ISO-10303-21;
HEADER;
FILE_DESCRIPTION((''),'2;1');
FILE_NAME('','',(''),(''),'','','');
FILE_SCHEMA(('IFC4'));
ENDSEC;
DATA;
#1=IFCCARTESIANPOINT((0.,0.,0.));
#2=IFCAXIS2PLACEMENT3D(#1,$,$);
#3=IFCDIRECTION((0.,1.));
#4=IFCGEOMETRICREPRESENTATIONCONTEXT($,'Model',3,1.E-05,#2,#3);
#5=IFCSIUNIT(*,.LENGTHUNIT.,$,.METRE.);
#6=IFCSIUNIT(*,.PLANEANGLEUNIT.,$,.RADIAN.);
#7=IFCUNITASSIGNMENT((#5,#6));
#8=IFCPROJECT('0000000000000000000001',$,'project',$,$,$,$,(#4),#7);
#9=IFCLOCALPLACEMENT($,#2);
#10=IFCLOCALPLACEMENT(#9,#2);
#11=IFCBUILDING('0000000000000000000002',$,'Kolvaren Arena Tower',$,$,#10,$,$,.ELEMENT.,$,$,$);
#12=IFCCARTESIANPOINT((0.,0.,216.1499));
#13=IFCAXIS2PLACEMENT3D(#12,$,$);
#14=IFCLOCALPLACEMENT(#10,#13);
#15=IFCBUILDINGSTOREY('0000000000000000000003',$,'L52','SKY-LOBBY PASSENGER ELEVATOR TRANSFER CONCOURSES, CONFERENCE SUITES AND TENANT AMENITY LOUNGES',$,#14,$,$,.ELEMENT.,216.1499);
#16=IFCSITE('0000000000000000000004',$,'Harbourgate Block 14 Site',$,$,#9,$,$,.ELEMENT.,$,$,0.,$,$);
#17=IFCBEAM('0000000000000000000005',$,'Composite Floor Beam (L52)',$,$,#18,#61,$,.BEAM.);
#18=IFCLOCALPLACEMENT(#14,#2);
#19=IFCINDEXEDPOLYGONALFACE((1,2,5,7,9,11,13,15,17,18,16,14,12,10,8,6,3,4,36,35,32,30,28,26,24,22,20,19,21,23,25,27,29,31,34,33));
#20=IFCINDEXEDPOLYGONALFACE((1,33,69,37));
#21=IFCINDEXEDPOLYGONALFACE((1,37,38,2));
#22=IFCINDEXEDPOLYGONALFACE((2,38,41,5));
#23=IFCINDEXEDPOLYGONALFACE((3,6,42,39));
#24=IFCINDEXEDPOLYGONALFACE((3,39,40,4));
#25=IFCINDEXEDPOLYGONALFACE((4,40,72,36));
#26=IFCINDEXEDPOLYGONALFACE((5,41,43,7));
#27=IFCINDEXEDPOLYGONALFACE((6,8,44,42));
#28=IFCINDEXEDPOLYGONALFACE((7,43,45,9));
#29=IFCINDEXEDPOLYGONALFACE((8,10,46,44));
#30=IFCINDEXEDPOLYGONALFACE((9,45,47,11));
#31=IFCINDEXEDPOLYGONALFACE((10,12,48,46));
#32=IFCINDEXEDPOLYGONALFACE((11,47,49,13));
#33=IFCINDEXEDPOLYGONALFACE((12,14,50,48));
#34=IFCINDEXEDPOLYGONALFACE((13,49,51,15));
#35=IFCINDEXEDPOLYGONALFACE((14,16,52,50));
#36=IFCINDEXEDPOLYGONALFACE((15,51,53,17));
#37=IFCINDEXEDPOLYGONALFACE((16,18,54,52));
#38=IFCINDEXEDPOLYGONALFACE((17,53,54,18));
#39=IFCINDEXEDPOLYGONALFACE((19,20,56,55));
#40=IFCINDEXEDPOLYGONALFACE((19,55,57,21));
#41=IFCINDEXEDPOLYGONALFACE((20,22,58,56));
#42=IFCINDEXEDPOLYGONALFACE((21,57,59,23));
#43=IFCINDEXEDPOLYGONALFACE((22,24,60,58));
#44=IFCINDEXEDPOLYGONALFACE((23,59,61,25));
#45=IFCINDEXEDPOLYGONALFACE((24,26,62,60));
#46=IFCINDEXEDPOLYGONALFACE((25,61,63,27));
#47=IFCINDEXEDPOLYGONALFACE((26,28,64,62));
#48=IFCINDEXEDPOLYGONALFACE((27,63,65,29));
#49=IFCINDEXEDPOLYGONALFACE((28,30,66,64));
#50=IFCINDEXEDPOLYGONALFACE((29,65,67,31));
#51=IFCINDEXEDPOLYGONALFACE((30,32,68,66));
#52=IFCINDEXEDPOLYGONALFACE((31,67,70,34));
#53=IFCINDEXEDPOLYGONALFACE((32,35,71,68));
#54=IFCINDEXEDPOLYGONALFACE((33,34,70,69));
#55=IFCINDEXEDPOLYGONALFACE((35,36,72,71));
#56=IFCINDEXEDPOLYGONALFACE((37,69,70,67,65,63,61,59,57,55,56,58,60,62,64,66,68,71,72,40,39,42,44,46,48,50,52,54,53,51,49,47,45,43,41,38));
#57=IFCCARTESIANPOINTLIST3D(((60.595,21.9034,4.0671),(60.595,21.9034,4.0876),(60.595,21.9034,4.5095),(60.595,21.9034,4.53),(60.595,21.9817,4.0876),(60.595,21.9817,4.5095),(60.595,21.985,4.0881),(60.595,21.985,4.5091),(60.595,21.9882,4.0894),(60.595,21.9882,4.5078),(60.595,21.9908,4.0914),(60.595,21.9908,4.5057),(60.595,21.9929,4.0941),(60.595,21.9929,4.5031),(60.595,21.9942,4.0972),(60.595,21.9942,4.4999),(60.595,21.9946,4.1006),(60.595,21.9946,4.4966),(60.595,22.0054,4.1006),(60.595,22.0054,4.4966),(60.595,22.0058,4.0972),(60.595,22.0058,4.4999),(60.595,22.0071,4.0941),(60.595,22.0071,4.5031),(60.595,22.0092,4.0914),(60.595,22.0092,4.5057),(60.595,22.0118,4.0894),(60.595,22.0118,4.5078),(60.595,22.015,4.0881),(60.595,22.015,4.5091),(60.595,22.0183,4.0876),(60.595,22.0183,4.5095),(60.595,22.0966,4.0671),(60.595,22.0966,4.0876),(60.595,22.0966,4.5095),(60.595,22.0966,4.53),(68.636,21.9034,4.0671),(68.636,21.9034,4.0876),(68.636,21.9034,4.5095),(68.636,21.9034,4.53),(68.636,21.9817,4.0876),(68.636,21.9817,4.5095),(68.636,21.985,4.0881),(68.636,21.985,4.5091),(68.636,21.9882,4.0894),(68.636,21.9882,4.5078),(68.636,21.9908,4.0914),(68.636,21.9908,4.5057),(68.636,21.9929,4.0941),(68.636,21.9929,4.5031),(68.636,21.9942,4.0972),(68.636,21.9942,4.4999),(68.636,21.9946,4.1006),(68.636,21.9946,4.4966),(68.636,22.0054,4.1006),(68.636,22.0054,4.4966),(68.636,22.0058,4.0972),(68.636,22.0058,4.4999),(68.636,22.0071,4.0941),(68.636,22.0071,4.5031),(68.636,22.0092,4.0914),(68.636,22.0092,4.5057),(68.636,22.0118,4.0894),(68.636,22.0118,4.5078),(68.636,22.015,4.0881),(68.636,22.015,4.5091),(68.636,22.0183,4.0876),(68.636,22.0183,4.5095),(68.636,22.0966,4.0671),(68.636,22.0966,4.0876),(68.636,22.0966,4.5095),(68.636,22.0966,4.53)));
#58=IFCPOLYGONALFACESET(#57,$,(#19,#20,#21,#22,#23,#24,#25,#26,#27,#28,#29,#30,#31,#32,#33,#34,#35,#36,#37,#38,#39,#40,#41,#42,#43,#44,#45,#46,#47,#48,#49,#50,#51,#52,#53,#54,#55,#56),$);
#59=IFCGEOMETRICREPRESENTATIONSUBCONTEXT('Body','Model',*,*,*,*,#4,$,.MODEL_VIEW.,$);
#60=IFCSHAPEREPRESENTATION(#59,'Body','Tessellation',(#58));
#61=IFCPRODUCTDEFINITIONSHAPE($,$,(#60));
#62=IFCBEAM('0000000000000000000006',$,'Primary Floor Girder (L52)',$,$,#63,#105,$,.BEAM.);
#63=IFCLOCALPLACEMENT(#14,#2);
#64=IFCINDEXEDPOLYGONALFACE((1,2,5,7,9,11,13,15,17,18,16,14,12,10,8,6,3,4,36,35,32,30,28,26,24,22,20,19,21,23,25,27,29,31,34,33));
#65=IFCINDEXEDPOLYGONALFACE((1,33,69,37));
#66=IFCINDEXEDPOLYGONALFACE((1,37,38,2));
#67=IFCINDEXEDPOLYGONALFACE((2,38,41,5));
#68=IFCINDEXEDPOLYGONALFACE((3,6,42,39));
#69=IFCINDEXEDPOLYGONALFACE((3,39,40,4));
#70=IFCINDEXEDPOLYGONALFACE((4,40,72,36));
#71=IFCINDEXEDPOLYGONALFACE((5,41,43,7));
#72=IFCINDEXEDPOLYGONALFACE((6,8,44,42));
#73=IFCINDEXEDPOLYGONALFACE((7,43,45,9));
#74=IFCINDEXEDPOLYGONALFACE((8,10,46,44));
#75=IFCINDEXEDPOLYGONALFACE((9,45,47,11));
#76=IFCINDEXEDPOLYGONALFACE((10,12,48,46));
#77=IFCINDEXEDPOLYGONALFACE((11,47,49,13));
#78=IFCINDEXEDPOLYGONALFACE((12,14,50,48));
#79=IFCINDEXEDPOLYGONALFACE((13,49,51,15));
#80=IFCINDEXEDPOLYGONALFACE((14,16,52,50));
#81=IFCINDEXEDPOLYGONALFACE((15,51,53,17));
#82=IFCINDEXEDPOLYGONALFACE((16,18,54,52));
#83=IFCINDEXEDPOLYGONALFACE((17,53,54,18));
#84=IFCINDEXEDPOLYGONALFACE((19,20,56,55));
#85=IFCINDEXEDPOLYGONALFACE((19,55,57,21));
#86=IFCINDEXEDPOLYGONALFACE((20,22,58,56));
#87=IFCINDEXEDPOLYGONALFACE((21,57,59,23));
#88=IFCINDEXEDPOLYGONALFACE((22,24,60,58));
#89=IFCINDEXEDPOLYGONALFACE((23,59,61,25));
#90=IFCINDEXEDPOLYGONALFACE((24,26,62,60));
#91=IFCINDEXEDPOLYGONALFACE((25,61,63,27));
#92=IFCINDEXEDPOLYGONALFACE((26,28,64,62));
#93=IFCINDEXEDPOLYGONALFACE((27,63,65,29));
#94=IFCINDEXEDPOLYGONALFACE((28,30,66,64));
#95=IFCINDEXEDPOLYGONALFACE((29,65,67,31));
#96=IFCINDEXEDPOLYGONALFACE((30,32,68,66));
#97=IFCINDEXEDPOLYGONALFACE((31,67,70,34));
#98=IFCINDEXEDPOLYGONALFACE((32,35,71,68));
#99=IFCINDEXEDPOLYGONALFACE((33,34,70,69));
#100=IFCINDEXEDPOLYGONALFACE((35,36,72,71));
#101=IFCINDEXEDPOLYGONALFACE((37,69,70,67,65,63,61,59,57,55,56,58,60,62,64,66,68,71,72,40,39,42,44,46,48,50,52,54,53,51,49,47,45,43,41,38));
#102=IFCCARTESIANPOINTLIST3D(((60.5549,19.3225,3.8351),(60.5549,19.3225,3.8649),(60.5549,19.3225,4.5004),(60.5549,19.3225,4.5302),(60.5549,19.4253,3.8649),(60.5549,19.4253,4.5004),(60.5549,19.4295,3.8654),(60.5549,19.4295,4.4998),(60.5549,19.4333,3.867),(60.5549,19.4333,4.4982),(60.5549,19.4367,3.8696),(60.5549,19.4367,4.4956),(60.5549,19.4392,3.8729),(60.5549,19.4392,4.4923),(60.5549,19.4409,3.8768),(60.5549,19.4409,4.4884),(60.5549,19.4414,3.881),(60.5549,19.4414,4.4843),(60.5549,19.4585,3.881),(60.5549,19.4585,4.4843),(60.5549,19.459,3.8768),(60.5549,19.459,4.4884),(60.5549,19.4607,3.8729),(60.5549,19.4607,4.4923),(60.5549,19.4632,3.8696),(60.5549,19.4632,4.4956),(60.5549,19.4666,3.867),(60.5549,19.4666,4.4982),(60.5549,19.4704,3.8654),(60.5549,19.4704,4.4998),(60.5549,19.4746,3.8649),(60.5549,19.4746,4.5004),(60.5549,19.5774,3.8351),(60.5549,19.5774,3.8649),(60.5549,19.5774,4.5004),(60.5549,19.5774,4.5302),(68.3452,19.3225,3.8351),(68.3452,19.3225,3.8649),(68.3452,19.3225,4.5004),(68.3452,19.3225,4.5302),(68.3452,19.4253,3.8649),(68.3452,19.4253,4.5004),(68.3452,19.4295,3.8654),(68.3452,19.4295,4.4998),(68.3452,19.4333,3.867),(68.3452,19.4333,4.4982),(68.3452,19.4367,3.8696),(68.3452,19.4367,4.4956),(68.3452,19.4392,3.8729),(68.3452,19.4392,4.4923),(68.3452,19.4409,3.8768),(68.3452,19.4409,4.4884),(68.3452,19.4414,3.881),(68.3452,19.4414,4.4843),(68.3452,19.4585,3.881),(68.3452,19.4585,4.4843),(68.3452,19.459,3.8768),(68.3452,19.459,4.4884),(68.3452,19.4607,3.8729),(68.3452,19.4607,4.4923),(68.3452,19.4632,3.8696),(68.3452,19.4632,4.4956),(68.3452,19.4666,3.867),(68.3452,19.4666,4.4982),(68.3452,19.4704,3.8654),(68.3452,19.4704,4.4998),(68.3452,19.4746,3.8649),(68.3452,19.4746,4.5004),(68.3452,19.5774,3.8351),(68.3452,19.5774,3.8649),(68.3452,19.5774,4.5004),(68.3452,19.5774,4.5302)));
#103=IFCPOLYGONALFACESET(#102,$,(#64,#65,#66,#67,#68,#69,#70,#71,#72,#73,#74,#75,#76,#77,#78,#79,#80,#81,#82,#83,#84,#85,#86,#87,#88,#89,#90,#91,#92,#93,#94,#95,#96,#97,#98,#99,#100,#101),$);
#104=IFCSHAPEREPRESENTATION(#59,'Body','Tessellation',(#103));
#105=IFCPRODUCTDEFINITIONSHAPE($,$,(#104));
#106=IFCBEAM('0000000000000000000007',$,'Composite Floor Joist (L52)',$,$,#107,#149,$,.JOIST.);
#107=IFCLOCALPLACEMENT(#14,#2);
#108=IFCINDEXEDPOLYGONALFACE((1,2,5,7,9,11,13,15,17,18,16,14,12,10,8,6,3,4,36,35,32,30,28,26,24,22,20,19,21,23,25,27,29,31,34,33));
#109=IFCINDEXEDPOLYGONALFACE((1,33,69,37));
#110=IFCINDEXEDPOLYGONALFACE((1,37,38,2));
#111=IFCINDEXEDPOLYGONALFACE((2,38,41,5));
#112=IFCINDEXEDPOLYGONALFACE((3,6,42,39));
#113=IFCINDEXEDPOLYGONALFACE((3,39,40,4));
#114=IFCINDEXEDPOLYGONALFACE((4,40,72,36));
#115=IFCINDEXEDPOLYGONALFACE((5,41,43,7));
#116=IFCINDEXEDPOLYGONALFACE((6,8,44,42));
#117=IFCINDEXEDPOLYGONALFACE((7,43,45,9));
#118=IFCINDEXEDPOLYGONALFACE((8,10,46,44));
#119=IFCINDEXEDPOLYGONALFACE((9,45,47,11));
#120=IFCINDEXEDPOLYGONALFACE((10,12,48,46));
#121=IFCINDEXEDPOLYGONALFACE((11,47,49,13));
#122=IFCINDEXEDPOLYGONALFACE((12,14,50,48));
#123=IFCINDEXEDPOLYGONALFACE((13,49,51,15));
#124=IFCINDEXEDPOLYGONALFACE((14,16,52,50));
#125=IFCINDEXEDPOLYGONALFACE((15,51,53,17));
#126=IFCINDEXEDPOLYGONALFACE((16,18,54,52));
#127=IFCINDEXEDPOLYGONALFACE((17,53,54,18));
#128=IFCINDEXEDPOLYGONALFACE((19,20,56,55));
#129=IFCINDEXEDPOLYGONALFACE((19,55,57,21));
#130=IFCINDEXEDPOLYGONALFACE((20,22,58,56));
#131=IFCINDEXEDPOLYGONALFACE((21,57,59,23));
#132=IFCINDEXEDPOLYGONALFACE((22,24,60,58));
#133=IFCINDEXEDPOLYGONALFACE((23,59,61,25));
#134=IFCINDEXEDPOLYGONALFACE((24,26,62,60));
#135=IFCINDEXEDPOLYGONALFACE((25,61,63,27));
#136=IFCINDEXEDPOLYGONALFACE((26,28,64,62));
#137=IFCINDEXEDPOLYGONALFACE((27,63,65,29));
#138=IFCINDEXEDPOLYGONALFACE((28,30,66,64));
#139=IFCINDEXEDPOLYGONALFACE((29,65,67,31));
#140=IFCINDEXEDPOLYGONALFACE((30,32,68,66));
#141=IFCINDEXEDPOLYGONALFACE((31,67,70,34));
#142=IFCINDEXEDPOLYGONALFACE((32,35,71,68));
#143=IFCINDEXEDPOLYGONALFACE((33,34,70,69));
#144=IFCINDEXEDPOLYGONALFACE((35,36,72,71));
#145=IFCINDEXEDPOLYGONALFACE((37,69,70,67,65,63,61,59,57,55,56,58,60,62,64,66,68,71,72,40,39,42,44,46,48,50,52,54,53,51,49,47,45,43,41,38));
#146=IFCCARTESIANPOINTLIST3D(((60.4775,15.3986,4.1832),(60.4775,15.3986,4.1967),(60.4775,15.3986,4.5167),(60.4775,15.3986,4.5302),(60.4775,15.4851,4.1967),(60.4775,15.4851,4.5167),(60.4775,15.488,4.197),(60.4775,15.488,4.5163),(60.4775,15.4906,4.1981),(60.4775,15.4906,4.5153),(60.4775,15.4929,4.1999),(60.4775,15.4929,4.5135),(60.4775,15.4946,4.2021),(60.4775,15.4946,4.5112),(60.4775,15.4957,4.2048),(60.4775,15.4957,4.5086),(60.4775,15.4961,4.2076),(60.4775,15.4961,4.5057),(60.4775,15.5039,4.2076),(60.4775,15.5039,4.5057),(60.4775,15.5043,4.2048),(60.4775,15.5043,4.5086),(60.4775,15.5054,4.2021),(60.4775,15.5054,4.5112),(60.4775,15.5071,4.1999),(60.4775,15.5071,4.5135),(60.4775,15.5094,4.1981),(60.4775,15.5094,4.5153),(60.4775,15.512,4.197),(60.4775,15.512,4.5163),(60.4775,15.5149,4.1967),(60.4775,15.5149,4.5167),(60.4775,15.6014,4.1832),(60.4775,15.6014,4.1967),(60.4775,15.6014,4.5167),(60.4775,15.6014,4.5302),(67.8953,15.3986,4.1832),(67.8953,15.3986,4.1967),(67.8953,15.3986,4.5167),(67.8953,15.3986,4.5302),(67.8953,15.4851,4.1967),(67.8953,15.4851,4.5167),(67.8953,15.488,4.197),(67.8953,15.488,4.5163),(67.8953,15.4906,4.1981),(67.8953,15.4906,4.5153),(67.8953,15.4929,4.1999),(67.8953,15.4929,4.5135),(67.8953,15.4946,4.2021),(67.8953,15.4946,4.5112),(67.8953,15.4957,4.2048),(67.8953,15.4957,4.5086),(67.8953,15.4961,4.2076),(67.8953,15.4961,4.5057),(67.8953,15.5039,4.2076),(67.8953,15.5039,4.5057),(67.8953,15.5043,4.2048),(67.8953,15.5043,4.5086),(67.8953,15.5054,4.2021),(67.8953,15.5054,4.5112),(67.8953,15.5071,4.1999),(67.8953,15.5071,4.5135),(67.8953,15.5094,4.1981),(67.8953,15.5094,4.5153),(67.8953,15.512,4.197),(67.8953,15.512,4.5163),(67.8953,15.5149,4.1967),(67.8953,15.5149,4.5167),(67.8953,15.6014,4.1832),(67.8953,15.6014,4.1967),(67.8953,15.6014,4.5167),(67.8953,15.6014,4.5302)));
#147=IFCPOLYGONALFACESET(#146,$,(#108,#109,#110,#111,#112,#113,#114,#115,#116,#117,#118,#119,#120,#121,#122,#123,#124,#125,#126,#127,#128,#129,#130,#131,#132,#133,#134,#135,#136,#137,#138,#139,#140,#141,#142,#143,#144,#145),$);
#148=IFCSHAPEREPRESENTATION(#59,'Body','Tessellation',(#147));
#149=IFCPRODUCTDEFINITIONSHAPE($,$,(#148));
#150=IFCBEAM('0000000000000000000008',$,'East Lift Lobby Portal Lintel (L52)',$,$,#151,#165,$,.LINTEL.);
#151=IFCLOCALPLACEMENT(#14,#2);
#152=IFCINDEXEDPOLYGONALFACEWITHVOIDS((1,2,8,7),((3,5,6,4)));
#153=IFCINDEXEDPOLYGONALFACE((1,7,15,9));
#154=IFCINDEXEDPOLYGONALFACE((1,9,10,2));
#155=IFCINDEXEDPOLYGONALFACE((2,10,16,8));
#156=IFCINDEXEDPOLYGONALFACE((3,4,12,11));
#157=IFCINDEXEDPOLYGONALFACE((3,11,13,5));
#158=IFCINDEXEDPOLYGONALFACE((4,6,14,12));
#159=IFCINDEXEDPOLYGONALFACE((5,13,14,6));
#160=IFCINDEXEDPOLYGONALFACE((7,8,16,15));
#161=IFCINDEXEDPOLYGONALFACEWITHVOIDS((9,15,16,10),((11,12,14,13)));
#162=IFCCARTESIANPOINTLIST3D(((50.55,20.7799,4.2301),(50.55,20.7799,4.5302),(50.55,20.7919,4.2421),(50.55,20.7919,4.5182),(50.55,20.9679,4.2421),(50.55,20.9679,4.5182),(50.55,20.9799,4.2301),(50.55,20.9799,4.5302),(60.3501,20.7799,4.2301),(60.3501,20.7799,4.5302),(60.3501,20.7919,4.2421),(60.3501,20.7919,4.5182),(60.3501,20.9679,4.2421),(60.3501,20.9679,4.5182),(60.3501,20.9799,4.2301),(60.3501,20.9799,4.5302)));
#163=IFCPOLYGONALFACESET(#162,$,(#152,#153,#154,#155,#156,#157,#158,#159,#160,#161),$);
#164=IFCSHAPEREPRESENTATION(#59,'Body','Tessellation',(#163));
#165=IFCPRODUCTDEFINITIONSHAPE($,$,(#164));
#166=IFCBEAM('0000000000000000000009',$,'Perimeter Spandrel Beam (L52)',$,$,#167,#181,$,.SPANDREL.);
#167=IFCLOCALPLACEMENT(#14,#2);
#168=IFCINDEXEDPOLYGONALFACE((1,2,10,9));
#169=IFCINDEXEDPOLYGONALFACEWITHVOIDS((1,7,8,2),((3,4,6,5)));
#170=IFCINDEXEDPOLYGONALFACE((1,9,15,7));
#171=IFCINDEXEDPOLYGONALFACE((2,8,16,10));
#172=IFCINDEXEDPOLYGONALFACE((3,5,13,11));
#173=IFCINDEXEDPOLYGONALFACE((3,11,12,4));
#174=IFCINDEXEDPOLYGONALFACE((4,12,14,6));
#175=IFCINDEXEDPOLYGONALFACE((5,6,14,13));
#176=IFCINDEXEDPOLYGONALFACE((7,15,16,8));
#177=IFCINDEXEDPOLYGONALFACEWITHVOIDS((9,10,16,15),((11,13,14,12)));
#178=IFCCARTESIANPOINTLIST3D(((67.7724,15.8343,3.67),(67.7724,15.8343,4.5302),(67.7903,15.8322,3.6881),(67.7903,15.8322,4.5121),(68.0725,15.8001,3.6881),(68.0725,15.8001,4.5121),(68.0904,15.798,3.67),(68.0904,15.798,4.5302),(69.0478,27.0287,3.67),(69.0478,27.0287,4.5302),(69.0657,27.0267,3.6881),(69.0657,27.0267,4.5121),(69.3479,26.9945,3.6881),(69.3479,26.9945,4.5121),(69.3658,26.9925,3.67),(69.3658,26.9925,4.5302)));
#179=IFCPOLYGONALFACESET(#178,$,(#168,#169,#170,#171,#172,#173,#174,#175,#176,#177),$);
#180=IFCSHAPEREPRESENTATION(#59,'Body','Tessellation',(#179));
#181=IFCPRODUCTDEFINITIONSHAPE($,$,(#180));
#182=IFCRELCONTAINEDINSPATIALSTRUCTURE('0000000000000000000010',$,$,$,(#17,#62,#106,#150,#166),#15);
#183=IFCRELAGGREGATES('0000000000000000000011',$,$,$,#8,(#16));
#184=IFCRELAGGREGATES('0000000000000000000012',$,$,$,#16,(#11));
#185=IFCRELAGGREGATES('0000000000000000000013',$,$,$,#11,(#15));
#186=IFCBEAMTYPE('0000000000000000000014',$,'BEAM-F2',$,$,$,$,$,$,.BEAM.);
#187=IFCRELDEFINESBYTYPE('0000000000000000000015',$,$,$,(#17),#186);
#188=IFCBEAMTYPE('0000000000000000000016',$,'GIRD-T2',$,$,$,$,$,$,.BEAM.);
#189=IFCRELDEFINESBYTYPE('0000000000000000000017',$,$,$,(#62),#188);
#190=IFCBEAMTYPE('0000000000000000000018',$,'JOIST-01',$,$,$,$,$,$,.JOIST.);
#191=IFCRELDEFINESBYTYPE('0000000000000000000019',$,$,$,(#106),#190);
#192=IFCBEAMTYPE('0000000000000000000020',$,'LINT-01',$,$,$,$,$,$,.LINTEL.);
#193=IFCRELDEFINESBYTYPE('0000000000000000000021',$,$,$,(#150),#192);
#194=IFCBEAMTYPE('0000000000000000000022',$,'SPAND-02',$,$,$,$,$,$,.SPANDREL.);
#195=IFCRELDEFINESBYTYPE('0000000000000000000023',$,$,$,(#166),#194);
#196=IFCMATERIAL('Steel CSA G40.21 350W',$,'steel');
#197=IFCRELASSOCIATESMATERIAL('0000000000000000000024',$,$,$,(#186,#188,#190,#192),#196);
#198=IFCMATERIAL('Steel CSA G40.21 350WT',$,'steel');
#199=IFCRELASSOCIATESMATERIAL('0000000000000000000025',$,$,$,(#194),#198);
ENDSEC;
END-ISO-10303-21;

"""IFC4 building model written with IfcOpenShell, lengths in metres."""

from ifc_helpers import new_model, si_unit, direction, frame, origin, origin_2d, place, context, subcontext, project, spatial, hollow_rectangle, i_section, extrude, material, material_profile, profile_set, type_object, element, save


model = new_model("IFC4")

# Units and contexts
model_context = context("Model", 3, precision=1e-05, world=origin(), true_north=direction((0.0, 1.0)))
body_context = subcontext(model_context, "Body", "Model", "MODEL_VIEW")
ifc_project = project(units=[si_unit("LENGTHUNIT", "METRE"), si_unit("PLANEANGLEUNIT", "RADIAN")], contexts=[model_context])

# Site, building, storey
site_placement = place(None, origin())
site = spatial("IfcSite", under=ifc_project, at=site_placement, Name="Harbourgate Block 14 Site", CompositionType="ELEMENT", RefElevation=0.0)
building_placement = place(site_placement, origin())
building = spatial("IfcBuilding", under=site, at=building_placement, Name="Kolvaren Arena Tower", CompositionType="ELEMENT")
storey_placement = place(building_placement, frame((0.0, 0.0, 216.1499)))
storey = spatial("IfcBuildingStorey", under=building, at=storey_placement, Name="L52", Description="SKY-LOBBY PASSENGER ELEVATOR TRANSFER CONCOURSES, CONFERENCE SUITES AND TENANT AMENITY LOUNGES", CompositionType="ELEMENT", Elevation=216.1499)

# Beams
ifc_material_1 = material(Name="Steel CSA G40.21 350W", Category="steel")
ifc_material_profile_1 = material_profile(ifc_material_1, i_section(OverallWidth=0.1931, OverallDepth=0.4629, WebThickness=0.0107, FlangeThickness=0.0205, FilletRadius=0.0129, at=origin_2d()), Name="W460x113")
ifc_profile_set_1 = profile_set([ifc_material_profile_1], Name="Steel CSA G40.21 350W")
beam_type_1 = type_object("IfcBeamType", Name="BEAM-F2", PredefinedType="BEAM", material=ifc_profile_set_1)
beam_1_placement = place(storey_placement, frame((60.595, 22.0, 4.2986), z_axis=(1.0, 0.0, 0.0), x_axis=(0.0, 1.0, 0.0)))
element("IfcBeam", 1, at=beam_1_placement, inside=storey, type_object=beam_type_1, Name="Composite Floor Beam (L52)", PredefinedType="BEAM", context=body_context, shape_type="SweptSolid", body=[
    extrude(i_section(OverallWidth=0.1931, OverallDepth=0.4629, WebThickness=0.0107, FlangeThickness=0.0205, FilletRadius=0.0129, at=origin_2d()), origin(), (0.0, 0.0, 1.0), 8.041),
])
ifc_material_profile_2 = material_profile(ifc_material_1, i_section(OverallWidth=0.2549, OverallDepth=0.6951, WebThickness=0.0171, FlangeThickness=0.0298, FilletRadius=0.0161, at=origin_2d()), Name="W690x217")
ifc_profile_set_2 = profile_set([ifc_material_profile_2], Name="Steel CSA G40.21 350W")
beam_type_2 = type_object("IfcBeamType", Name="GIRD-T2", PredefinedType="BEAM", material=ifc_profile_set_2)
beam_2_placement = place(storey_placement, frame((60.5549, 19.45, 4.1826), z_axis=(1.0, 0.0, 0.0), x_axis=(0.0, 1.0, 0.0)))
element("IfcBeam", 2, at=beam_2_placement, inside=storey, type_object=beam_type_2, Name="Primary Floor Girder (L52)", PredefinedType="BEAM", context=body_context, shape_type="SweptSolid", body=[
    extrude(i_section(OverallWidth=0.2549, OverallDepth=0.6951, WebThickness=0.0171, FlangeThickness=0.0298, FilletRadius=0.0161, at=origin_2d()), origin(), (0.0, 0.0, 1.0), 7.7903),
])
ifc_material_profile_3 = material_profile(ifc_material_1, i_section(OverallWidth=0.2029, OverallDepth=0.3469, WebThickness=0.0078, FlangeThickness=0.0134, FilletRadius=0.011, at=origin_2d()), Name="W360x64")
ifc_profile_set_3 = profile_set([ifc_material_profile_3], Name="Steel CSA G40.21 350W")
beam_type_3 = type_object("IfcBeamType", Name="JOIST-01", PredefinedType="JOIST", material=ifc_profile_set_3)
beam_3_placement = place(storey_placement, frame((60.4775, 15.5, 4.3567), z_axis=(1.0, 0.0, 0.0), x_axis=(0.0, 1.0, 0.0)))
element("IfcBeam", 3, at=beam_3_placement, inside=storey, type_object=beam_type_3, Name="Composite Floor Joist (L52)", PredefinedType="JOIST", context=body_context, shape_type="SweptSolid", body=[
    extrude(i_section(OverallWidth=0.2029, OverallDepth=0.3469, WebThickness=0.0078, FlangeThickness=0.0134, FilletRadius=0.011, at=origin_2d()), origin(), (0.0, 0.0, 1.0), 7.4177),
])
ifc_material_profile_4 = material_profile(ifc_material_1, hollow_rectangle(XDim=0.2, YDim=0.3, WallThickness=0.012, at=origin_2d()), Name="HSS 300x200x12")
ifc_profile_set_4 = profile_set([ifc_material_profile_4], Name="Steel CSA G40.21 350W")
beam_type_4 = type_object("IfcBeamType", Name="LINT-01", PredefinedType="LINTEL", material=ifc_profile_set_4)
beam_4_placement = place(storey_placement, frame((50.55, 20.8799, 4.3801), z_axis=(1.0, 0.0, 0.0), x_axis=(0.0, 1.0, 0.0)))
element("IfcBeam", 4, at=beam_4_placement, inside=storey, type_object=beam_type_4, Name="East Lift Lobby Portal Lintel (L52)", PredefinedType="LINTEL", context=body_context, shape_type="SweptSolid", body=[
    extrude(hollow_rectangle(XDim=0.2, YDim=0.3, WallThickness=0.012, at=origin_2d()), origin(), (0.0, 0.0, 1.0), 9.8),
])
ifc_material_2 = material(Name="Steel CSA G40.21 350WT", Category="steel")
ifc_material_profile_5 = material_profile(ifc_material_2, hollow_rectangle(XDim=0.3201, YDim=0.8601, WallThickness=0.0181, at=origin_2d()), Name="HSS 860x320x18")
ifc_profile_set_5 = profile_set([ifc_material_profile_5], Name="Steel CSA G40.21 350WT")
beam_type_5 = type_object("IfcBeamType", Name="SPAND-02", PredefinedType="SPANDREL", material=ifc_profile_set_5)
beam_5_placement = place(storey_placement, frame((67.9314, 15.8162, 4.1001), z_axis=(0.113199, 0.993572, 0.0), x_axis=(-0.993572, 0.113199, 0.0)))
element("IfcBeam", 5, at=beam_5_placement, inside=storey, type_object=beam_type_5, Name="Perimeter Spandrel Beam (L52)", PredefinedType="SPANDREL", context=body_context, shape_type="SweptSolid", body=[
    extrude(hollow_rectangle(XDim=0.3201, YDim=0.8601, WallThickness=0.0181, at=origin_2d()), origin(), (0.0, 0.0, 1.0), 11.2668),
])

save(model, "model.ifc")
